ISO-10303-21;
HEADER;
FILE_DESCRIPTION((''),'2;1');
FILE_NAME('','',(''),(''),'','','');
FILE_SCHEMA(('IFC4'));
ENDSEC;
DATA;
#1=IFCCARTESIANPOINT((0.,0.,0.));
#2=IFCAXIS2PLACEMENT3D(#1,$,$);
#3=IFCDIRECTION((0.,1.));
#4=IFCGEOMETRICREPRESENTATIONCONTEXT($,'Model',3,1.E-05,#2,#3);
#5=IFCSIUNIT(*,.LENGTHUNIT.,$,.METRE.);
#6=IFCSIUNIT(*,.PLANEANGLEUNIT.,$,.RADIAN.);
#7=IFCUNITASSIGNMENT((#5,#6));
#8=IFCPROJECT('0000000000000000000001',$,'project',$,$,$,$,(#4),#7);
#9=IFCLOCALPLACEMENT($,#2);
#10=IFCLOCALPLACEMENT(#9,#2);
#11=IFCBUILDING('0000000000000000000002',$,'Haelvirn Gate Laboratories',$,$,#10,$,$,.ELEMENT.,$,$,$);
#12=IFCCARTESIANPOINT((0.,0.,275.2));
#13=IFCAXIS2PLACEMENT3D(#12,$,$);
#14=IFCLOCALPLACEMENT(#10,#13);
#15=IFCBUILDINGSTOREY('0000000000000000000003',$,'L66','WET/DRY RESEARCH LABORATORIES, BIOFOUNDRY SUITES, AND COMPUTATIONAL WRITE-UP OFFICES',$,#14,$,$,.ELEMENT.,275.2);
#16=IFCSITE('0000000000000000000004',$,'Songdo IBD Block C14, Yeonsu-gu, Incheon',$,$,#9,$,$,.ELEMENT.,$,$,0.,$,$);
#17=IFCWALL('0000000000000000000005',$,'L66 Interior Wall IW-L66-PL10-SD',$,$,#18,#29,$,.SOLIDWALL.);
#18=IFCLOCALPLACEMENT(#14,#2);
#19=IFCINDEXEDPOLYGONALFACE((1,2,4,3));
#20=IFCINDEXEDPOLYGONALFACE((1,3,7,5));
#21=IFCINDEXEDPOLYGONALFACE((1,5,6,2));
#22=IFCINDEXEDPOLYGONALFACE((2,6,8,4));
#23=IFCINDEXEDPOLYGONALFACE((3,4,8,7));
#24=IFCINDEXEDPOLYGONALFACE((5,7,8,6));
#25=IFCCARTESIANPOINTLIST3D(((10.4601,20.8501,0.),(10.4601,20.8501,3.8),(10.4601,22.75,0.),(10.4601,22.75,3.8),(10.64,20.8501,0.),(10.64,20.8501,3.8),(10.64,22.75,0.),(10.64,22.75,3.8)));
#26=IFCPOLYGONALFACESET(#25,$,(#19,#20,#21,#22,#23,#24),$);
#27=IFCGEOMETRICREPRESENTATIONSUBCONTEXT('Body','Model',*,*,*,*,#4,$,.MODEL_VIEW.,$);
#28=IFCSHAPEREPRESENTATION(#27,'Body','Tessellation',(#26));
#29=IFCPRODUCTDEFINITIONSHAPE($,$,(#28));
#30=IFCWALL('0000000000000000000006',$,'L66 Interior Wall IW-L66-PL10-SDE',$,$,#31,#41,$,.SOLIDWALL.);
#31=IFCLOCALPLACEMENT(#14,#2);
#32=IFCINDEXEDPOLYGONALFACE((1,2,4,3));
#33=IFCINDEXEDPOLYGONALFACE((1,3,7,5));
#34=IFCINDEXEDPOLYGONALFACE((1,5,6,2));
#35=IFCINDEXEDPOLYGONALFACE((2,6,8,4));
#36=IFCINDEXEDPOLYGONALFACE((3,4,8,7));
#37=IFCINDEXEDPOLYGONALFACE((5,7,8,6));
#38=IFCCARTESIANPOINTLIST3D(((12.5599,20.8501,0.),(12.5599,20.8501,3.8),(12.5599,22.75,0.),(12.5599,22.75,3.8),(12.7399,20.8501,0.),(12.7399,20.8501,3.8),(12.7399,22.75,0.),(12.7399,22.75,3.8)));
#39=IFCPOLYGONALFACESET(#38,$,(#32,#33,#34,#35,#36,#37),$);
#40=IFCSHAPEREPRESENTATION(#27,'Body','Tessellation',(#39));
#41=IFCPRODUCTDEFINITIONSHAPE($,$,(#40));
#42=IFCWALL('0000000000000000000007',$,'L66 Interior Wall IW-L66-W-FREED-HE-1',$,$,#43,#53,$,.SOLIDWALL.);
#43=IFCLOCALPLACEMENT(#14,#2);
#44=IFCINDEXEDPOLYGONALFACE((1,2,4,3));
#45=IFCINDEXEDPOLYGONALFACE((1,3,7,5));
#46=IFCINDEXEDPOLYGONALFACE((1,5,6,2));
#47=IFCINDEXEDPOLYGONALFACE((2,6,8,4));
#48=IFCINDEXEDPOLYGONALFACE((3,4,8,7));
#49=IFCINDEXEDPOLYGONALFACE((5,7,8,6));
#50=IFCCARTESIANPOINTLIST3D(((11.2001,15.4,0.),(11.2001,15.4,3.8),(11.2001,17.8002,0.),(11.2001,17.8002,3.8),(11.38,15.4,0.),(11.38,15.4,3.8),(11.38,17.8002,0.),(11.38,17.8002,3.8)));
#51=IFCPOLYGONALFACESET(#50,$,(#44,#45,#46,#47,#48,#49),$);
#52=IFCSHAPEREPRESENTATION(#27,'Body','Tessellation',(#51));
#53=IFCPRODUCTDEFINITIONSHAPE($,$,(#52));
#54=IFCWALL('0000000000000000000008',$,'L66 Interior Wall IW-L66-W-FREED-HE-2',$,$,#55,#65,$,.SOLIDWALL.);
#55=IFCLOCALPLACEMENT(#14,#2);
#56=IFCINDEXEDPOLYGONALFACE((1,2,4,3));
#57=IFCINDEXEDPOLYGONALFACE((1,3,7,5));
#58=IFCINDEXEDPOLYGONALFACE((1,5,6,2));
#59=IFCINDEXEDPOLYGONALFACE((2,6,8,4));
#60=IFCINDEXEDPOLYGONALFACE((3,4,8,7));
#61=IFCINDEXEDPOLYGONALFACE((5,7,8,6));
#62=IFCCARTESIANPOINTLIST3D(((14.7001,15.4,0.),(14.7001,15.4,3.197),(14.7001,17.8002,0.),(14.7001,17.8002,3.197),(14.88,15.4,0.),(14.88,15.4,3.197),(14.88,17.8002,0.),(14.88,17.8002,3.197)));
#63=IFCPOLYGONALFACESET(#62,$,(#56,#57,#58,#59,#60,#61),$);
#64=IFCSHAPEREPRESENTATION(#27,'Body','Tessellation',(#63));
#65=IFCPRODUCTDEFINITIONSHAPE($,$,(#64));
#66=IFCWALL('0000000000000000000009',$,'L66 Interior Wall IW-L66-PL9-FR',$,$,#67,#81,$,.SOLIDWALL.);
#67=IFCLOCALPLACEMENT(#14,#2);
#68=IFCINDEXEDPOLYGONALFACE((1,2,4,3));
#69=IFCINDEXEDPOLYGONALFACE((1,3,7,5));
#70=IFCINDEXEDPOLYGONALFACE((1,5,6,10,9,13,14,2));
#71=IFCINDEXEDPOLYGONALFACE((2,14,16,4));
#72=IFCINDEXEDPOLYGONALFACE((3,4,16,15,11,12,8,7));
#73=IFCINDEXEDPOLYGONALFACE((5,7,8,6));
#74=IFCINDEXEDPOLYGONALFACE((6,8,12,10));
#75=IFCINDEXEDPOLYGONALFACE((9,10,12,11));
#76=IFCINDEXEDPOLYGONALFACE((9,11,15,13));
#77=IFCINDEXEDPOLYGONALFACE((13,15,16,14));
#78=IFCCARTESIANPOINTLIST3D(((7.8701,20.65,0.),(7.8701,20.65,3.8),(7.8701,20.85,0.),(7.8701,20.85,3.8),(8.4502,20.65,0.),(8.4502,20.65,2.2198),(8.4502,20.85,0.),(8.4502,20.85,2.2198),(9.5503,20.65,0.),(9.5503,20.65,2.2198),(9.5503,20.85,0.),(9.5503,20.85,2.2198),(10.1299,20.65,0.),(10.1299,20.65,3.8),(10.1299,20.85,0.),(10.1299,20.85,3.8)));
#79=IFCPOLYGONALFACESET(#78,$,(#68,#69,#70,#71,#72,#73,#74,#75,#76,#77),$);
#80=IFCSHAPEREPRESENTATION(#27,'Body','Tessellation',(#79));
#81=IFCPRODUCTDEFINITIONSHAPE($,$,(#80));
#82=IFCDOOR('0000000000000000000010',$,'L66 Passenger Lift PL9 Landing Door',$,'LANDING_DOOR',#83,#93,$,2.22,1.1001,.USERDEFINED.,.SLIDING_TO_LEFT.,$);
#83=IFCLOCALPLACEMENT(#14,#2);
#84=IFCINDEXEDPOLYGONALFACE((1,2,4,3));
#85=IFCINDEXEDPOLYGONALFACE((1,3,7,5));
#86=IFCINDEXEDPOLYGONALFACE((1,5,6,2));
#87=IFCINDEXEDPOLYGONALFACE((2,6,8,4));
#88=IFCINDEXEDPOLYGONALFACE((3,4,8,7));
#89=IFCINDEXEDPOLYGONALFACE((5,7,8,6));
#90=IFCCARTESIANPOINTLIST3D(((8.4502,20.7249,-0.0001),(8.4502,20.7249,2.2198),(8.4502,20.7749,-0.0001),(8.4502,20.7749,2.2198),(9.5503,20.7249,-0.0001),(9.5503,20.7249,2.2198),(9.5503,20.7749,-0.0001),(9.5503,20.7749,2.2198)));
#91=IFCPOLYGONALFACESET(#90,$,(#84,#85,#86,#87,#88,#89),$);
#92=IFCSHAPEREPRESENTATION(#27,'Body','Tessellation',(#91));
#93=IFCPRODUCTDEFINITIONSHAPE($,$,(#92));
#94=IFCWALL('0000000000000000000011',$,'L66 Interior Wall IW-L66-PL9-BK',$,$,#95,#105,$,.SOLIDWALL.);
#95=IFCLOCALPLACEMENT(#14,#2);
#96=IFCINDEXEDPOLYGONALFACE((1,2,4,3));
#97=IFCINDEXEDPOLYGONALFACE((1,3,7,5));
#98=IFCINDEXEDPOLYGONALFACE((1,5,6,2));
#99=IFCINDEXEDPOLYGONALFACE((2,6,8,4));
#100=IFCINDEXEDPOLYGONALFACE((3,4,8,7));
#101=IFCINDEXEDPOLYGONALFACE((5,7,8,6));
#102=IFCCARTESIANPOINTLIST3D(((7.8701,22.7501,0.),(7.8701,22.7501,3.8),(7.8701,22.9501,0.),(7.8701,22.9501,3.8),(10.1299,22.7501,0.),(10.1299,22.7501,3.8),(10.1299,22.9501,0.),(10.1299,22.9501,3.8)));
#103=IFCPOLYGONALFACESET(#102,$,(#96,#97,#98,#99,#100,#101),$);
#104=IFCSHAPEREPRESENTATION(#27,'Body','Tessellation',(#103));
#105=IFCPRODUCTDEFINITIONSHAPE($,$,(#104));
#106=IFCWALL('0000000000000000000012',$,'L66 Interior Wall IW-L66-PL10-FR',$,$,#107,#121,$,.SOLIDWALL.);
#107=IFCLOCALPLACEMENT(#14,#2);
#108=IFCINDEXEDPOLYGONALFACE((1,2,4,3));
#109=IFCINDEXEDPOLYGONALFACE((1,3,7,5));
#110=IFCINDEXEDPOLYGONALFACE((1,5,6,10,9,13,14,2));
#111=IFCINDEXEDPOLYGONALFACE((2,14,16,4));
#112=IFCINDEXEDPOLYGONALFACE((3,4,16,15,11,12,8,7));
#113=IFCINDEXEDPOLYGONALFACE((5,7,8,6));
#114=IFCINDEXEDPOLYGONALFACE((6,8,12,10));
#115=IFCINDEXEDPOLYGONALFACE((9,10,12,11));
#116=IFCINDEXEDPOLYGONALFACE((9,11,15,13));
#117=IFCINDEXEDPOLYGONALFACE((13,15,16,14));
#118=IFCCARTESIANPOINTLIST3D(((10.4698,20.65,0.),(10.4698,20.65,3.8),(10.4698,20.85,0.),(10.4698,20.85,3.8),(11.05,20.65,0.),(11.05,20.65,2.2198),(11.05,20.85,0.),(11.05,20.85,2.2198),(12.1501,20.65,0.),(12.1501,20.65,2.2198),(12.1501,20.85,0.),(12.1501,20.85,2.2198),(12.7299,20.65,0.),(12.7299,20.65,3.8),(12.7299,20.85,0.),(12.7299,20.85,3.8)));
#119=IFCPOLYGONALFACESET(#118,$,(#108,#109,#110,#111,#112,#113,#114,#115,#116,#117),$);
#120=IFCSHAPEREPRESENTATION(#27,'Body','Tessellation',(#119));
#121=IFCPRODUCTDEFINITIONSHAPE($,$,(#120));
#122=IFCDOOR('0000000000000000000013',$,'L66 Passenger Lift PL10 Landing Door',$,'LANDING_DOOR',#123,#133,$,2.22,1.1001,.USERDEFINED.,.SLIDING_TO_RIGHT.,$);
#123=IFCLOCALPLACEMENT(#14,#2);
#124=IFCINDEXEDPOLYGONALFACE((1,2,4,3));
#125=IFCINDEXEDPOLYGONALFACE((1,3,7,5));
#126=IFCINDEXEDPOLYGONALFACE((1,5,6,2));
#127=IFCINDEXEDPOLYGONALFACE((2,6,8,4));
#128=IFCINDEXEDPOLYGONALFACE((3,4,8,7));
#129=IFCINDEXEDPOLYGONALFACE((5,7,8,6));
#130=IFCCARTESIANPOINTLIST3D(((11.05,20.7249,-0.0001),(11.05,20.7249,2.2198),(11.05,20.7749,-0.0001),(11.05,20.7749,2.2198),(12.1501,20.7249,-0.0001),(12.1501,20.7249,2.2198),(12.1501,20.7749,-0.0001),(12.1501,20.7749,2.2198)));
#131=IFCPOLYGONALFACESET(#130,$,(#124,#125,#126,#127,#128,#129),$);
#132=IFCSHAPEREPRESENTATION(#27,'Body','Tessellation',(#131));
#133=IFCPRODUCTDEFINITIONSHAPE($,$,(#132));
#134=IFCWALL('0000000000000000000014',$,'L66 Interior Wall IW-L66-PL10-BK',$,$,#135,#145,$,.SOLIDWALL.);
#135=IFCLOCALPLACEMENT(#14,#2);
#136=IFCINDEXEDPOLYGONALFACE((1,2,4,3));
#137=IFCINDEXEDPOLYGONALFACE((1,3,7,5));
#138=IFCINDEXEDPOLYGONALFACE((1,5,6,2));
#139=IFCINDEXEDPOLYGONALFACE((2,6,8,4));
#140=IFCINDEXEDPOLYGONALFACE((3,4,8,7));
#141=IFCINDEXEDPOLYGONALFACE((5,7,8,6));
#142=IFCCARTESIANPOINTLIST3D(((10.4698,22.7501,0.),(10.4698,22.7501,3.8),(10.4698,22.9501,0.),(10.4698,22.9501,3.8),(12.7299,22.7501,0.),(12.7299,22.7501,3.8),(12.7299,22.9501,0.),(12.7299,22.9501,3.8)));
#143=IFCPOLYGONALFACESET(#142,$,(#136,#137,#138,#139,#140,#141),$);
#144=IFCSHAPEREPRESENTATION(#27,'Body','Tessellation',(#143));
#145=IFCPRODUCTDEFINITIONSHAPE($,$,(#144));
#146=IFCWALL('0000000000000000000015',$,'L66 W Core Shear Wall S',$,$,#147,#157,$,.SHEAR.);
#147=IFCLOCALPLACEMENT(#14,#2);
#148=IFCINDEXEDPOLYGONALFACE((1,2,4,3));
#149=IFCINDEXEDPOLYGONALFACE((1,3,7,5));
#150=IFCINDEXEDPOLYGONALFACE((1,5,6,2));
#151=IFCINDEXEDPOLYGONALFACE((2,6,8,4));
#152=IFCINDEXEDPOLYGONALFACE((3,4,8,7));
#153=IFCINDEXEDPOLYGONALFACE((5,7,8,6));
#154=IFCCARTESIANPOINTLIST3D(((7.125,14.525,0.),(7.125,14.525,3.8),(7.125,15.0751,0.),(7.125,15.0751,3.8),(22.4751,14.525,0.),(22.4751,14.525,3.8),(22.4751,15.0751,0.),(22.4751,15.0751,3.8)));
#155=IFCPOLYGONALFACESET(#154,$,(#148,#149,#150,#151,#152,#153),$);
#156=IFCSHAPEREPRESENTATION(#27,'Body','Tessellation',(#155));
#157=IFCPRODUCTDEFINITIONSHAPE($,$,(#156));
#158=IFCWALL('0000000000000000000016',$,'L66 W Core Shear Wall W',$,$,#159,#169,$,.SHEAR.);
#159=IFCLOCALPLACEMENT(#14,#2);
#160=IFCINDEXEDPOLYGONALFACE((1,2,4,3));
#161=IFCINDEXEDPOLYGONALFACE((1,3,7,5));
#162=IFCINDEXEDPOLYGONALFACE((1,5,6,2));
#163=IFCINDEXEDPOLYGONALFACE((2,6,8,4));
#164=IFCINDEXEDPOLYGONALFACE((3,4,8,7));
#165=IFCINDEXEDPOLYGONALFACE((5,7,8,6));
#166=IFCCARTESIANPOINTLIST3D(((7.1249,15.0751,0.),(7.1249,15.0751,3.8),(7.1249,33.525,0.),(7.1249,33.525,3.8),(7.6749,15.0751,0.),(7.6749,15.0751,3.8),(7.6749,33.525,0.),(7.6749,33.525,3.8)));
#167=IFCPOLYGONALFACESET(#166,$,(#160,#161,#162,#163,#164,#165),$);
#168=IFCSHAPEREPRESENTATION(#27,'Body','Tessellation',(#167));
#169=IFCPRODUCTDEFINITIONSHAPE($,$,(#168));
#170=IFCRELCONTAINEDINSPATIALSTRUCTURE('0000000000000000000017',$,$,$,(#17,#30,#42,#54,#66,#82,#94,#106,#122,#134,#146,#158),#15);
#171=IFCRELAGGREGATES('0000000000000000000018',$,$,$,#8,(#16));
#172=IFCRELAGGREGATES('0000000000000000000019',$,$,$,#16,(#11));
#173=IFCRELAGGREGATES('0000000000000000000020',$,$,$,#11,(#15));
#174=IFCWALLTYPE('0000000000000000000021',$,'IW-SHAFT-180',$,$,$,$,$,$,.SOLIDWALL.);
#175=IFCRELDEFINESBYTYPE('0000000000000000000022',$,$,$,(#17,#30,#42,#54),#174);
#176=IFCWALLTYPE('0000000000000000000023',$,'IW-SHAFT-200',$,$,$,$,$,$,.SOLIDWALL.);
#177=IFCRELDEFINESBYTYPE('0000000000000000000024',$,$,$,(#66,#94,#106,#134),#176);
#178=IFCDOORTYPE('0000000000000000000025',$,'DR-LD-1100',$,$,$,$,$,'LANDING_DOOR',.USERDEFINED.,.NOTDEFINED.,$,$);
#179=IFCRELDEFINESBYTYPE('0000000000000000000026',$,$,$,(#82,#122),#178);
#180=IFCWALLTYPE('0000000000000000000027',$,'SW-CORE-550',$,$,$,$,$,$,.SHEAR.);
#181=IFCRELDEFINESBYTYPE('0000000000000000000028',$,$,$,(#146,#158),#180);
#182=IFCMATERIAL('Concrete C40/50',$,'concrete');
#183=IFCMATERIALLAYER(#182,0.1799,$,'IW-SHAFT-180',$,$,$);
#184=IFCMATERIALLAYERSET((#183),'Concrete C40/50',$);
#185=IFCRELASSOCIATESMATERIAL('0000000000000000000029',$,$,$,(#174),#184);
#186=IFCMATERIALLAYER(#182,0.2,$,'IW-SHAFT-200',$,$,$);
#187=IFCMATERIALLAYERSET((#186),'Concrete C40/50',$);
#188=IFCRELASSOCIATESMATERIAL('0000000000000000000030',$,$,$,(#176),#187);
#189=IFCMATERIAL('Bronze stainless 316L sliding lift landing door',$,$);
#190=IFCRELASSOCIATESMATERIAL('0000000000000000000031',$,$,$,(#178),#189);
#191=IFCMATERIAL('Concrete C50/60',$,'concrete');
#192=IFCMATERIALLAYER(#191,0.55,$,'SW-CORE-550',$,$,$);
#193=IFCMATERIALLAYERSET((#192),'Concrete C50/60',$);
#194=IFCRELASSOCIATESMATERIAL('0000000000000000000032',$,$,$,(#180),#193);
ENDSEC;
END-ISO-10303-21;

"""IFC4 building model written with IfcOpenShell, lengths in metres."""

from ifc_helpers import new_model, si_unit, direction, frame, frame_2d, origin, place, context, subcontext, project, spatial, rectangle, extrude, source, transform, mapped, material, layer, layer_set, type_object, type_shapes, element, fill, save


model = new_model("IFC4")

# Units and contexts
model_context = context("Model", 3, precision=1e-05, world=origin(), true_north=direction((0.0, 1.0)))
body_context = subcontext(model_context, "Body", "Model", "MODEL_VIEW")
ifc_project = project(units=[si_unit("LENGTHUNIT", "METRE"), si_unit("PLANEANGLEUNIT", "RADIAN")], contexts=[model_context])

# Site, building, storey
site_placement = place(None, origin())
site = spatial("IfcSite", under=ifc_project, at=site_placement, Name="Songdo IBD Block C14, Yeonsu-gu, Incheon", CompositionType="ELEMENT", RefElevation=0.0)
building_placement = place(site_placement, origin())
building = spatial("IfcBuilding", under=site, at=building_placement, Name="Haelvirn Gate Laboratories", CompositionType="ELEMENT")
storey_placement = place(building_placement, frame((0.0, 0.0, 275.2)))
storey = spatial("IfcBuildingStorey", under=building, at=storey_placement, Name="L66", Description="WET/DRY RESEARCH LABORATORIES, BIOFOUNDRY SUITES, AND COMPUTATIONAL WRITE-UP OFFICES", CompositionType="ELEMENT", Elevation=275.2)

# Walls
ifc_material_1 = material(Name="Concrete C40/50", Category="concrete")
ifc_layer_1 = layer(ifc_material_1, 0.1799, Name="IW-SHAFT-180")
ifc_layer_set_1 = layer_set([ifc_layer_1], Name="Concrete C40/50")
wall_type_1 = type_object("IfcWallType", Name="IW-SHAFT-180", PredefinedType="SOLIDWALL", material=ifc_layer_set_1)
for number, where, z_axis, x_axis, name in (
    (1, (10.55, 20.8501, 0.0), (0.0, 0.0, 1.0), (0.0, 1.0, 0.0), "L66 Interior Wall IW-L66-PL10-SD"),
    (2, (12.6499, 20.8501, 0.0), (0.0, 0.0, 1.0), (0.0, 1.0, 0.0), "L66 Interior Wall IW-L66-PL10-SDE"),
):
    element("IfcWall", number, at=place(storey_placement, frame(where, z_axis=z_axis, x_axis=x_axis)), inside=storey, type_object=wall_type_1, Name=name, PredefinedType="SOLIDWALL", context=body_context, shape_type="SweptSolid", body=[
        extrude(rectangle(XDim=1.8999, YDim=0.1799, at=frame_2d((0.95, 0.0))), origin(), (0.0, 0.0, 1.0), 3.8),
    ])

# Wall
wall_1_placement = place(storey_placement, frame((11.29, 15.3999, 0.0), z_axis=(0.0, 0.0, 1.0), x_axis=(0.0, 1.0, 0.0)))
element("IfcWall", 3, at=wall_1_placement, inside=storey, type_object=wall_type_1, Name="L66 Interior Wall IW-L66-W-FREED-HE-1", PredefinedType="SOLIDWALL", context=body_context, shape_type="SweptSolid", body=[
    extrude(rectangle(XDim=2.4001, YDim=0.1799, at=frame_2d((1.2002, 0.0))), origin(), (0.0, 0.0, 1.0), 3.8),
])

# Wall
wall_2_placement = place(storey_placement, frame((14.79, 15.3999, 0.0), z_axis=(0.0, 0.0, 1.0), x_axis=(0.0, 1.0, 0.0)))
element("IfcWall", 4, at=wall_2_placement, inside=storey, type_object=wall_type_1, Name="L66 Interior Wall IW-L66-W-FREED-HE-2", PredefinedType="SOLIDWALL", context=body_context, shape_type="SweptSolid", body=[
    extrude(rectangle(XDim=2.4001, YDim=0.1799, at=frame_2d((1.2002, 0.0))), origin(), (0.0, 0.0, 1.0), 3.197),
])

# Wall, opening, door
ifc_layer_2 = layer(ifc_material_1, 0.2, Name="IW-SHAFT-200")
ifc_layer_set_2 = layer_set([ifc_layer_2], Name="Concrete C40/50")
wall_type_2 = type_object("IfcWallType", Name="IW-SHAFT-200", PredefinedType="SOLIDWALL", material=ifc_layer_set_2)
wall_3_placement = place(storey_placement, frame((7.8701, 20.75, 0.0), z_axis=(0.0, 0.0, 1.0), x_axis=(1.0, 0.0, 0.0)))
wall_3 = element("IfcWall", 5, at=wall_3_placement, inside=storey, type_object=wall_type_2, Name="L66 Interior Wall IW-L66-PL9-FR", PredefinedType="SOLIDWALL", context=body_context, shape_type="SweptSolid", body=[
    extrude(rectangle(XDim=2.2598, YDim=0.2, at=frame_2d((1.1299, 0.0))), origin(), (0.0, 0.0, 1.0), 3.8),
])
opening_1_placement = place(wall_3_placement, frame((0.5801, 0.0, 0.0)))
opening_1 = element("IfcOpeningElement", 6, at=opening_1_placement, cuts=wall_3, PredefinedType="OPENING", context=body_context, shape_type="SweptSolid", body=[
    extrude(rectangle(XDim=1.1001, YDim=2.22, at=frame_2d((0.55, 1.1099))), frame((0.0, 0.1099, 0.0), z_axis=(0.0, -1.0, 0.0), x_axis=(1.0, 0.0, 0.0)), (0.0, 0.0, 1.0), 0.22),
])
ifc_material_2 = material(Name="Bronze stainless 316L sliding lift landing door")
door_type_1 = type_object("IfcDoorType", Name="DR-LD-1100", ElementType="LANDING_DOOR", OperationType="NOTDEFINED", PredefinedType="USERDEFINED", material=ifc_material_2)
shared_shape_1 = source(origin(), body_context, "Body", "SweptSolid", [
    extrude(rectangle(XDim=1.1001, YDim=2.22, at=frame_2d((0.55, 1.1099))), frame((0.0, 0.0249, 0.0), z_axis=(0.0, -1.0, 0.0), x_axis=(1.0, 0.0, 0.0)), (0.0, 0.0, 1.0), 0.05),
])
type_shapes(door_type_1, [shared_shape_1])
door_1_placement = place(opening_1_placement, origin())
door_1 = element("IfcDoor", 7, at=door_1_placement, inside=storey, type_object=door_type_1, Name="L66 Passenger Lift PL9 Landing Door", ObjectType="LANDING_DOOR", OperationType="SLIDING_TO_LEFT", OverallHeight=2.22, OverallWidth=1.1001, PredefinedType="USERDEFINED", context=body_context, shape_type="MappedRepresentation", body=[
    mapped(shared_shape_1, transform((0.0, 0.0, 0.0), scale=1.0)),
])
fill(opening_1, door_1)

# Wall
wall_4_placement = place(storey_placement, frame((7.8701, 22.8501, 0.0), z_axis=(0.0, 0.0, 1.0), x_axis=(1.0, 0.0, 0.0)))
element("IfcWall", 8, at=wall_4_placement, inside=storey, type_object=wall_type_2, Name="L66 Interior Wall IW-L66-PL9-BK", PredefinedType="SOLIDWALL", context=body_context, shape_type="SweptSolid", body=[
    extrude(rectangle(XDim=2.2598, YDim=0.2, at=frame_2d((1.1299, 0.0))), origin(), (0.0, 0.0, 1.0), 3.8),
])

# Wall, opening, door
wall_5_placement = place(storey_placement, frame((10.47, 20.75, 0.0), z_axis=(0.0, 0.0, 1.0), x_axis=(1.0, 0.0, 0.0)))
wall_5 = element("IfcWall", 9, at=wall_5_placement, inside=storey, type_object=wall_type_2, Name="L66 Interior Wall IW-L66-PL10-FR", PredefinedType="SOLIDWALL", context=body_context, shape_type="SweptSolid", body=[
    extrude(rectangle(XDim=2.26, YDim=0.2, at=frame_2d((1.1299, 0.0))), origin(), (0.0, 0.0, 1.0), 3.8),
])
opening_2_placement = place(wall_5_placement, frame((0.5801, 0.0, 0.0)))
opening_2 = element("IfcOpeningElement", 10, at=opening_2_placement, cuts=wall_5, PredefinedType="OPENING", context=body_context, shape_type="SweptSolid", body=[
    extrude(rectangle(XDim=1.1001, YDim=2.22, at=frame_2d((0.55, 1.1099))), frame((0.0, 0.1099, 0.0), z_axis=(0.0, -1.0, 0.0), x_axis=(1.0, 0.0, 0.0)), (0.0, 0.0, 1.0), 0.22),
])
door_2_placement = place(opening_2_placement, origin())
door_2 = element("IfcDoor", 11, at=door_2_placement, inside=storey, type_object=door_type_1, Name="L66 Passenger Lift PL10 Landing Door", ObjectType="LANDING_DOOR", OperationType="SLIDING_TO_RIGHT", OverallHeight=2.22, OverallWidth=1.1001, PredefinedType="USERDEFINED", context=body_context, shape_type="MappedRepresentation", body=[
    mapped(shared_shape_1, transform((0.0, 0.0, 0.0), scale=1.0)),
])
fill(opening_2, door_2)

# Walls
wall_6_placement = place(storey_placement, frame((10.47, 22.8501, 0.0), z_axis=(0.0, 0.0, 1.0), x_axis=(1.0, 0.0, 0.0)))
element("IfcWall", 12, at=wall_6_placement, inside=storey, type_object=wall_type_2, Name="L66 Interior Wall IW-L66-PL10-BK", PredefinedType="SOLIDWALL", context=body_context, shape_type="SweptSolid", body=[
    extrude(rectangle(XDim=2.26, YDim=0.2, at=frame_2d((1.1299, 0.0))), origin(), (0.0, 0.0, 1.0), 3.8),
])
ifc_material_3 = material(Name="Concrete C50/60", Category="concrete")
ifc_layer_3 = layer(ifc_material_3, 0.55, Name="SW-CORE-550")
ifc_layer_set_3 = layer_set([ifc_layer_3], Name="Concrete C50/60")
wall_type_3 = type_object("IfcWallType", Name="SW-CORE-550", PredefinedType="SHEAR", material=ifc_layer_set_3)
wall_7_placement = place(storey_placement, frame((7.125, 14.8, 0.0), z_axis=(0.0, 0.0, 1.0), x_axis=(1.0, 0.0, 0.0)))
element("IfcWall", 13, at=wall_7_placement, inside=storey, type_object=wall_type_3, Name="L66 W Core Shear Wall S", PredefinedType="SHEAR", context=body_context, shape_type="SweptSolid", body=[
    extrude(rectangle(XDim=15.3501, YDim=0.55, at=frame_2d((7.675, 0.0))), origin(), (0.0, 0.0, 1.0), 3.8),
])
wall_8_placement = place(storey_placement, frame((7.3999, 15.075, 0.0), z_axis=(0.0, 0.0, 1.0), x_axis=(0.0, 1.0, 0.0)))
element("IfcWall", 14, at=wall_8_placement, inside=storey, type_object=wall_type_3, Name="L66 W Core Shear Wall W", PredefinedType="SHEAR", context=body_context, shape_type="SweptSolid", body=[
    extrude(rectangle(XDim=18.45, YDim=0.55, at=frame_2d((9.2251, 0.0))), origin(), (0.0, 0.0, 1.0), 3.8),
])

save(model, "model.ifc")
